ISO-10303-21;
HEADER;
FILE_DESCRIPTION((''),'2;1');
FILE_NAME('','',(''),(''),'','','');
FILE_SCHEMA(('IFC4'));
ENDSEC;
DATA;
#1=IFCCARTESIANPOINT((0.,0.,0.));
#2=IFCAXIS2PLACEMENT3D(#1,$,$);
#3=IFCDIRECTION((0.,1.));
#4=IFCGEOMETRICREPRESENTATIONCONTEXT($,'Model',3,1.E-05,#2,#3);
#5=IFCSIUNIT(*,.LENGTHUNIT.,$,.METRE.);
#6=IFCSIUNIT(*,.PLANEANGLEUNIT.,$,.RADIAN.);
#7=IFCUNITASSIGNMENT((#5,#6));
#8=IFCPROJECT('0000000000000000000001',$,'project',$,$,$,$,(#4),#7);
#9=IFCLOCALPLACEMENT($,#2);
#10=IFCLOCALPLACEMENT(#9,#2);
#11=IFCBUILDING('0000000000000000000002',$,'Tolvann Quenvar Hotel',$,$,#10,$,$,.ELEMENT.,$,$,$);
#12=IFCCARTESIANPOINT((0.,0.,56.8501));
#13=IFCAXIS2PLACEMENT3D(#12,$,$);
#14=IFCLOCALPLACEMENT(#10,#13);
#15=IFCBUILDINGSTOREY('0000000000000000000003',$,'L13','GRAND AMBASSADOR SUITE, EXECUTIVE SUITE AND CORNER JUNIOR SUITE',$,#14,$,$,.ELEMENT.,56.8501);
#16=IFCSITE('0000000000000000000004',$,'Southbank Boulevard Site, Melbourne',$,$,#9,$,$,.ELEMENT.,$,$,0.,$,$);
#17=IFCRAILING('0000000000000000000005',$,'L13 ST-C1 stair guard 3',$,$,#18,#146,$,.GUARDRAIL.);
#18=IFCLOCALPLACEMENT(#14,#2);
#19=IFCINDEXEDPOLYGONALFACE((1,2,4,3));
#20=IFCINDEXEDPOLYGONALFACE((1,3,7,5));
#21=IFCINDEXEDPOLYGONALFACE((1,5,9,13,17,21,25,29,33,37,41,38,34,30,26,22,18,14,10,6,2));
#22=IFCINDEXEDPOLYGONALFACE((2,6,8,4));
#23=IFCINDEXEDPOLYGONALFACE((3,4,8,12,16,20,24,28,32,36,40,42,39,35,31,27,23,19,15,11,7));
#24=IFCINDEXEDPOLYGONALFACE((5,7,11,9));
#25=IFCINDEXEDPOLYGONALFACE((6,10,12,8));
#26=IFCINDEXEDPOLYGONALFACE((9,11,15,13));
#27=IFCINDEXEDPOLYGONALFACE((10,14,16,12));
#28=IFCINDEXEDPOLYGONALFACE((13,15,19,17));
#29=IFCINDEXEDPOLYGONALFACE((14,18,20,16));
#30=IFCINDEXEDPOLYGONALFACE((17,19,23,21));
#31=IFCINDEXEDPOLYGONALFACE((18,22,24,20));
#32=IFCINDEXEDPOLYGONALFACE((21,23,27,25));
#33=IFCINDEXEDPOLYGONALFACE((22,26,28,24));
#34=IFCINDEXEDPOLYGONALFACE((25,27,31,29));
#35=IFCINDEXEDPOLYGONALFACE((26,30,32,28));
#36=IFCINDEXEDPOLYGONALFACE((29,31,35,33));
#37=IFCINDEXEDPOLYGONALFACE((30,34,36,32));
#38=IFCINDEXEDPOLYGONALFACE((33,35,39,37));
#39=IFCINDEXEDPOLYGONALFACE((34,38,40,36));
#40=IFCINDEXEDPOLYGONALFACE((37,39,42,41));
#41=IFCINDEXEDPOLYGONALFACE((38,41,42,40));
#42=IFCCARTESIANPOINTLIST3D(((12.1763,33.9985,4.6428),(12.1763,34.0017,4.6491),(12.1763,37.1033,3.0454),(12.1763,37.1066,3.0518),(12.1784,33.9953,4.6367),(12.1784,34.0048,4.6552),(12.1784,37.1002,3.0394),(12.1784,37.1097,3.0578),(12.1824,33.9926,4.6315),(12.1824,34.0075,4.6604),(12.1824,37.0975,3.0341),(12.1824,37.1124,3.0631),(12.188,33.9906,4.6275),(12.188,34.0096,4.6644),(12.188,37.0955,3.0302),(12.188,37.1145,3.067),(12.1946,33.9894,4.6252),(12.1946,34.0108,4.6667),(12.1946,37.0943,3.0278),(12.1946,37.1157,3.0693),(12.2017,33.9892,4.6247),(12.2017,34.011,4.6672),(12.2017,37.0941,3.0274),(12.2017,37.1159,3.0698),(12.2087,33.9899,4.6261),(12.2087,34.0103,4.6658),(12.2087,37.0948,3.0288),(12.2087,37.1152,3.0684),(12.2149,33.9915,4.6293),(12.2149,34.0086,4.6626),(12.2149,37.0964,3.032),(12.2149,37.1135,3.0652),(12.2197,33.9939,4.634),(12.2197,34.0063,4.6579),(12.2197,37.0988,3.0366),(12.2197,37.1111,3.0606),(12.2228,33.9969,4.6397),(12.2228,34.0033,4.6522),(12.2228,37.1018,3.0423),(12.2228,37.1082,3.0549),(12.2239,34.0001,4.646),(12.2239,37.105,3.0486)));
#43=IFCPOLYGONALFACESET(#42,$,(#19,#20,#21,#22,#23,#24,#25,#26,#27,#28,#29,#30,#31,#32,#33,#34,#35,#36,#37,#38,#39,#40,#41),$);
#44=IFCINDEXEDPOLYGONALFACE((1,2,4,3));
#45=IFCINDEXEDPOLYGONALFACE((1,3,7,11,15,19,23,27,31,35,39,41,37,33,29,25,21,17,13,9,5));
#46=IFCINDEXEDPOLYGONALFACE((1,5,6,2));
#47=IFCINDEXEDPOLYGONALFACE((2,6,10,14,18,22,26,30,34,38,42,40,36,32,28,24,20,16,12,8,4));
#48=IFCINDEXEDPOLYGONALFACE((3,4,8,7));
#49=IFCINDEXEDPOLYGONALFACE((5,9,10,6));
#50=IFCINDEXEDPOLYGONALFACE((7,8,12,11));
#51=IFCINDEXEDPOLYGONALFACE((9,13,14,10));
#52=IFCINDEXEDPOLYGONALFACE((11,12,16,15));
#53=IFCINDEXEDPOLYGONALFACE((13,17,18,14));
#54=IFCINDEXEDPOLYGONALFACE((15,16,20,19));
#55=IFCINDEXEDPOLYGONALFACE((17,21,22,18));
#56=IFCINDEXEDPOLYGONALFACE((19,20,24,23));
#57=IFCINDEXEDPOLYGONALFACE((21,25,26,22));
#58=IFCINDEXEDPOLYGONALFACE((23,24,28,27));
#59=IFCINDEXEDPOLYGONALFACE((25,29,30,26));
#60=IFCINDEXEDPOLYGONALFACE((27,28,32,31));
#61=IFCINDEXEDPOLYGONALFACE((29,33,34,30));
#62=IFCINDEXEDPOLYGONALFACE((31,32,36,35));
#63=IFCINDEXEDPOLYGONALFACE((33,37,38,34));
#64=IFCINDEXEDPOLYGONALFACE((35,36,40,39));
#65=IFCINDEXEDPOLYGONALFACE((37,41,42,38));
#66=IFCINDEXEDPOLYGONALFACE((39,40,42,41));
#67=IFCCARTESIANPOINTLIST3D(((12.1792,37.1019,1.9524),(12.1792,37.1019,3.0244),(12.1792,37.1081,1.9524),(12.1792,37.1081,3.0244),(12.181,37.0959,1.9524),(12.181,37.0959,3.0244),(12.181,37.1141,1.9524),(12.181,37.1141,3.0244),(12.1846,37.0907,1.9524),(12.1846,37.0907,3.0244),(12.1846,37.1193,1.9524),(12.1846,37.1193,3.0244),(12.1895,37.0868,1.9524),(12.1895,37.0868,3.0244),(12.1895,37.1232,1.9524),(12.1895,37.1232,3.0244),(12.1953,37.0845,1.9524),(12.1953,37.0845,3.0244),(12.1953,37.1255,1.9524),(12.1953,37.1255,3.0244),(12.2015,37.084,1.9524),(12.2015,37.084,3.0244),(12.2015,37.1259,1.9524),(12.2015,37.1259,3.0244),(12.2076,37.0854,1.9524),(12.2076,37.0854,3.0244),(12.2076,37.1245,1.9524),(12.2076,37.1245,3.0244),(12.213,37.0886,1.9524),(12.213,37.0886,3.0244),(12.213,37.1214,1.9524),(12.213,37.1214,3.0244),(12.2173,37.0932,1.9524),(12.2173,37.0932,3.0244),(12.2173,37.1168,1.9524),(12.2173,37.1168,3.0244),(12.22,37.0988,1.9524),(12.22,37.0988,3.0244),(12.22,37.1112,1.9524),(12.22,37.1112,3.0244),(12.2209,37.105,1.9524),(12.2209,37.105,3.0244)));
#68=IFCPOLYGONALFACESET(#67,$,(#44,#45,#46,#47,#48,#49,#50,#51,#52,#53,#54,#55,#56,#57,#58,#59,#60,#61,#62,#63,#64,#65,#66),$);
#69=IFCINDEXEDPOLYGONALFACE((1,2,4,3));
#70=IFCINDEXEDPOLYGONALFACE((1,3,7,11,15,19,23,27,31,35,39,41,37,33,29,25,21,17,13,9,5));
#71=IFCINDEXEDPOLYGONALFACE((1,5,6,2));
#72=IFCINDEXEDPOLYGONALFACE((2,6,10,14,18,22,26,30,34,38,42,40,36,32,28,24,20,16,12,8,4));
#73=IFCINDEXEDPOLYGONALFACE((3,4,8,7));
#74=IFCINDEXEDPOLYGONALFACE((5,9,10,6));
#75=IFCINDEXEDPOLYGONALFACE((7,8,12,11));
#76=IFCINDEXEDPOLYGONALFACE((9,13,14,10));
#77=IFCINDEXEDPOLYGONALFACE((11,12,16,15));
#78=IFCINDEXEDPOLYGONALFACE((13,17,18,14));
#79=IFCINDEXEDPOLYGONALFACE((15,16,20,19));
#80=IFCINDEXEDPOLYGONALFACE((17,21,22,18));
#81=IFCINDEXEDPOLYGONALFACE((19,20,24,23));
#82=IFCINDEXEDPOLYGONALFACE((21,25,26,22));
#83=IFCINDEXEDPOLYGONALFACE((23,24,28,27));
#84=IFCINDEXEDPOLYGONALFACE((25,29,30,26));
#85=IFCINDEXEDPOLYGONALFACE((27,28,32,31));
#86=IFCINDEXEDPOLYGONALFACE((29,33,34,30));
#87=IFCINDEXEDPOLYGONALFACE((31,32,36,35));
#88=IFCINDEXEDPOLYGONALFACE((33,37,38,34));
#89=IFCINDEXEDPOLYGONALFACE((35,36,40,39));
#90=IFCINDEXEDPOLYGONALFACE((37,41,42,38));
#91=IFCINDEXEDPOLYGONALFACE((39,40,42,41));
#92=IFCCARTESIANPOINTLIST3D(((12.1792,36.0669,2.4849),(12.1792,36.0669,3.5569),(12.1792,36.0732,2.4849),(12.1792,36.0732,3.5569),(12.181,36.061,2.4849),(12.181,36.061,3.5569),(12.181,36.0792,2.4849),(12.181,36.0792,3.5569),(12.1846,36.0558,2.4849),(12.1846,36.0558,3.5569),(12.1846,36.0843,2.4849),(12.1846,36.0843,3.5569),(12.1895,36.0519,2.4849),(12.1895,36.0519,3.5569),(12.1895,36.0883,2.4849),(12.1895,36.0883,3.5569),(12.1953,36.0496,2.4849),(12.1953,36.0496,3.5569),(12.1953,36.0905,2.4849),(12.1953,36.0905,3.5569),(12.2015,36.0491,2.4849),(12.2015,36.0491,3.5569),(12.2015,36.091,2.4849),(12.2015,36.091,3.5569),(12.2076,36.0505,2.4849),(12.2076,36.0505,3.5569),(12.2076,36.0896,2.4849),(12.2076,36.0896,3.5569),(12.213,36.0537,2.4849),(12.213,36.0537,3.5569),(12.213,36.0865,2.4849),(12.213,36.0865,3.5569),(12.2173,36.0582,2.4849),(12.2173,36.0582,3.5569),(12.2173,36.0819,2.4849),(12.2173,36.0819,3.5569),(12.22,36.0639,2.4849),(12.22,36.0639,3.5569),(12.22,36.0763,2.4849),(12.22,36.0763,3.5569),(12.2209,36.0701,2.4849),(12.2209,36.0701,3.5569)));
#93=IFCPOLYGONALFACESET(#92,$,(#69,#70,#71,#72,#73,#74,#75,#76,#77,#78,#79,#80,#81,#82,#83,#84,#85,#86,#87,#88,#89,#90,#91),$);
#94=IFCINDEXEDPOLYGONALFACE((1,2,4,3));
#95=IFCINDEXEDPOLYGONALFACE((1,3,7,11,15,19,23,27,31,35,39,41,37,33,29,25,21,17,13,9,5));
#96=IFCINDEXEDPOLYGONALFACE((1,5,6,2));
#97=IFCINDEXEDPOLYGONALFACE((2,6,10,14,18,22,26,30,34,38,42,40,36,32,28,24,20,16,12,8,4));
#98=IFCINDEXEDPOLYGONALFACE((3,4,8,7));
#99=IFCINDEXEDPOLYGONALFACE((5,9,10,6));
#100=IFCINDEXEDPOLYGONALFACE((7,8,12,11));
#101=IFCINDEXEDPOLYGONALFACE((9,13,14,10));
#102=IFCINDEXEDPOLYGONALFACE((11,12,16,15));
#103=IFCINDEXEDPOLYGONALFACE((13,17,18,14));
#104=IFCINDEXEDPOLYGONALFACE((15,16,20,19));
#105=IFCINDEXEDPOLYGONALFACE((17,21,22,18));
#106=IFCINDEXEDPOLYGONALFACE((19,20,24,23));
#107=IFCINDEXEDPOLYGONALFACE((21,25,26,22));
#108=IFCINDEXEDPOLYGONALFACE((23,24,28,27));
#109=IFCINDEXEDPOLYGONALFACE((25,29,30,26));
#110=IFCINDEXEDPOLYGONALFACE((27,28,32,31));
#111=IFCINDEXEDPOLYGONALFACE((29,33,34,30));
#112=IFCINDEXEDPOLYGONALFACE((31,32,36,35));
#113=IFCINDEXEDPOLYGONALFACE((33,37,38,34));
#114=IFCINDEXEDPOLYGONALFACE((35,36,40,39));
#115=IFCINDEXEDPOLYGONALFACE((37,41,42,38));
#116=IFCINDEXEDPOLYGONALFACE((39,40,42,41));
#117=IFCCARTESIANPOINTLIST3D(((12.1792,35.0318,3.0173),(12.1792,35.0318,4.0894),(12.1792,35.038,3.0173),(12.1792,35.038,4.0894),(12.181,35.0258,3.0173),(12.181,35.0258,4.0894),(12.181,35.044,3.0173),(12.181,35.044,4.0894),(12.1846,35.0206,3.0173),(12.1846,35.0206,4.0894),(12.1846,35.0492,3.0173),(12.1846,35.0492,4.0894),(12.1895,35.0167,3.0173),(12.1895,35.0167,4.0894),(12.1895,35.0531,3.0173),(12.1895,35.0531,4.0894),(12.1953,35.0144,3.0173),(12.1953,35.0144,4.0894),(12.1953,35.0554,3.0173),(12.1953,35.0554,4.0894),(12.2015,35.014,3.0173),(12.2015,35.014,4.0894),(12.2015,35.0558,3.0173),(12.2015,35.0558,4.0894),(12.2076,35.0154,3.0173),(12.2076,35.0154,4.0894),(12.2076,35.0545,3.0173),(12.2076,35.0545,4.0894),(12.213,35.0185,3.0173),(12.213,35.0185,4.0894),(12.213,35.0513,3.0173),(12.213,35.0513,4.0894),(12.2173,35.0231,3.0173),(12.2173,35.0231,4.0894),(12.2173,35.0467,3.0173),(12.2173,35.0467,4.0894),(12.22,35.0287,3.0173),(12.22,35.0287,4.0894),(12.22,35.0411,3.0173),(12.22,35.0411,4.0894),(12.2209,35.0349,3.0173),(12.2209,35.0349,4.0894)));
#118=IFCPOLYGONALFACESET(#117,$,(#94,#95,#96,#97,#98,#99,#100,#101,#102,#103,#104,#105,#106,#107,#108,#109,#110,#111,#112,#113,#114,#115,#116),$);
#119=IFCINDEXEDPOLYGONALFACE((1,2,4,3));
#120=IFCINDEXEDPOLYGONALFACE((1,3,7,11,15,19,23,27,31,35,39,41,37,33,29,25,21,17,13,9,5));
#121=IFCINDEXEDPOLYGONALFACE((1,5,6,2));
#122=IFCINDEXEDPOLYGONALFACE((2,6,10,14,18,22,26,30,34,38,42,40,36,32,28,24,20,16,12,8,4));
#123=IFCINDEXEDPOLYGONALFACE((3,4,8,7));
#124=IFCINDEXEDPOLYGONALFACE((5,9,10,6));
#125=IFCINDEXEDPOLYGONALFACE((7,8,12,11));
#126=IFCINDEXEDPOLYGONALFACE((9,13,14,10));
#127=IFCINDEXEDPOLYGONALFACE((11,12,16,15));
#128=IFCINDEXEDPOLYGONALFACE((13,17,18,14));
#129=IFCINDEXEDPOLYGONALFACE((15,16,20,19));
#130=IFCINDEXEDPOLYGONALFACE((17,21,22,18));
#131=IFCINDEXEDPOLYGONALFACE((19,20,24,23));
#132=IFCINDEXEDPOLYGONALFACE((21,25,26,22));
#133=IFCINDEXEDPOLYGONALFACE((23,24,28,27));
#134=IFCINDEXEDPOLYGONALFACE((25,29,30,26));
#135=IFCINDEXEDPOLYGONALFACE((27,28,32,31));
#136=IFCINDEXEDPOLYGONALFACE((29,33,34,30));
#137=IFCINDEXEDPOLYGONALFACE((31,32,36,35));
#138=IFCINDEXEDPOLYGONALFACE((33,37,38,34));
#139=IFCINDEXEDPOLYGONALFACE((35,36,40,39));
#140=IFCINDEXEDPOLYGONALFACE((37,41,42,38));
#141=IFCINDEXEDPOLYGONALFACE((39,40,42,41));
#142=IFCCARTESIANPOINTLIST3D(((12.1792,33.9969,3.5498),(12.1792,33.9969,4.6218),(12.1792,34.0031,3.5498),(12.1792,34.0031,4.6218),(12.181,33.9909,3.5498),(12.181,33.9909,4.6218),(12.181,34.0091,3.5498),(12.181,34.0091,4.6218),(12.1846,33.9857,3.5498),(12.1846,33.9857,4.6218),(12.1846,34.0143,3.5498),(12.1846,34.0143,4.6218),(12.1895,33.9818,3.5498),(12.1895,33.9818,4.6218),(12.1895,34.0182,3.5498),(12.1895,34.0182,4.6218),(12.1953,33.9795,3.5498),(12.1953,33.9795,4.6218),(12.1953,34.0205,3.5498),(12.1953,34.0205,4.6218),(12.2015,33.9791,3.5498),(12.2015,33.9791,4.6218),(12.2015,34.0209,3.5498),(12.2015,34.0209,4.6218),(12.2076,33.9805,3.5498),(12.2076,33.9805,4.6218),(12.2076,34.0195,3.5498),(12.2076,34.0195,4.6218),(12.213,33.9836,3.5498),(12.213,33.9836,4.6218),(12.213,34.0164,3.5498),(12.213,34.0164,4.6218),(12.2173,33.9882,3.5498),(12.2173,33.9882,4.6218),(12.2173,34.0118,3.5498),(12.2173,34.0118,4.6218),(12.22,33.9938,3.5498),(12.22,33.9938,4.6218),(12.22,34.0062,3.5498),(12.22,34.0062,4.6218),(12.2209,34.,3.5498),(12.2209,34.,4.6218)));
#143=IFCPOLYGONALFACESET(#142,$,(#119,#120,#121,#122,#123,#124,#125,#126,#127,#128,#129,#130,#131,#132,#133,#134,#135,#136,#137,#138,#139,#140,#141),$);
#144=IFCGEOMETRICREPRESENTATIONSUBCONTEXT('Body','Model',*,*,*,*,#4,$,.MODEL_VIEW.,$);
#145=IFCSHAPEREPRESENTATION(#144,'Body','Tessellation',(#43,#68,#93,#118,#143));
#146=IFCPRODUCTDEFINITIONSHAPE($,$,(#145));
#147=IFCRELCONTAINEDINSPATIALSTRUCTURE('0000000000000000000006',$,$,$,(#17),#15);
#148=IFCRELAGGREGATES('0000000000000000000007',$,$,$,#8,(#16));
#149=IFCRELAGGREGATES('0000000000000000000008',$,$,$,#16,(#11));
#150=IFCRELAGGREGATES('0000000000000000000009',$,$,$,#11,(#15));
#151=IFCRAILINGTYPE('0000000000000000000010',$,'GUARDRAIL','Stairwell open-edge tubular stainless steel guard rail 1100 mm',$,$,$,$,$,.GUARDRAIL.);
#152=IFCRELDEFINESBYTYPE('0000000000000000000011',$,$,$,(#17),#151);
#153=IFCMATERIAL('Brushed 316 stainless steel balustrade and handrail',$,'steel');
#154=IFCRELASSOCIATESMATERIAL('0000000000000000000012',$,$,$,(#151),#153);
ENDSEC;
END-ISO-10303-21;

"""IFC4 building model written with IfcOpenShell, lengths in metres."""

from ifc_helpers import new_model, si_unit, direction, frame, origin, origin_2d, place, context, subcontext, project, spatial, circle, extrude, material, type_object, element, save


model = new_model("IFC4")

# Units and contexts
model_context = context("Model", 3, precision=1e-05, world=origin(), true_north=direction((0.0, 1.0)))
body_context = subcontext(model_context, "Body", "Model", "MODEL_VIEW")
ifc_project = project(units=[si_unit("LENGTHUNIT", "METRE"), si_unit("PLANEANGLEUNIT", "RADIAN")], contexts=[model_context])

# Site, building, storey
site_placement = place(None, origin())
site = spatial("IfcSite", under=ifc_project, at=site_placement, Name="Southbank Boulevard Site, Melbourne", CompositionType="ELEMENT", RefElevation=0.0)
building_placement = place(site_placement, origin())
building = spatial("IfcBuilding", under=site, at=building_placement, Name="Tolvann Quenvar Hotel", CompositionType="ELEMENT")
storey_placement = place(building_placement, frame((0.0, 0.0, 56.8501)))
storey = spatial("IfcBuildingStorey", under=building, at=storey_placement, Name="L13", Description="GRAND AMBASSADOR SUITE, EXECUTIVE SUITE AND CORNER JUNIOR SUITE", CompositionType="ELEMENT", Elevation=56.8501)

# Railing
ifc_material_1 = material(Name="Brushed 316 stainless steel balustrade and handrail", Category="steel")
railing_type_1 = type_object("IfcRailingType", Name="GUARDRAIL", Description="Stairwell open-edge tubular stainless steel guard rail 1100 mm", PredefinedType="GUARDRAIL", material=ifc_material_1)
railing_1_placement = place(storey_placement, frame((12.2, 37.105, 1.9524)))
element("IfcRailing", 1, at=railing_1_placement, inside=storey, type_object=railing_type_1, Name="L13 ST-C1 stair guard 3", PredefinedType="GUARDRAIL", context=body_context, shape_type="SweptSolid", body=[
    extrude(circle(Radius=0.0239, at=origin_2d()), frame((0.0, 0.0, 1.0962), z_axis=(0.0, -0.889222, 0.457476), x_axis=(1.0, 0.0, 0.0)), (0.0, 0.0, 1.0), 3.4917),
    extrude(circle(Radius=0.021, at=origin_2d()), origin(), (0.0, 0.0, 1.0), 1.072),
    extrude(circle(Radius=0.021, at=origin_2d()), frame((0.0, -1.0349, 0.5325)), (0.0, 0.0, 1.0), 1.072),
    extrude(circle(Radius=0.021, at=origin_2d()), frame((0.0, -2.0701, 1.0649)), (0.0, 0.0, 1.0), 1.072),
    extrude(circle(Radius=0.021, at=origin_2d()), frame((0.0, -3.105, 1.5974)), (0.0, 0.0, 1.0), 1.072),
])

save(model, "model.ifc")
